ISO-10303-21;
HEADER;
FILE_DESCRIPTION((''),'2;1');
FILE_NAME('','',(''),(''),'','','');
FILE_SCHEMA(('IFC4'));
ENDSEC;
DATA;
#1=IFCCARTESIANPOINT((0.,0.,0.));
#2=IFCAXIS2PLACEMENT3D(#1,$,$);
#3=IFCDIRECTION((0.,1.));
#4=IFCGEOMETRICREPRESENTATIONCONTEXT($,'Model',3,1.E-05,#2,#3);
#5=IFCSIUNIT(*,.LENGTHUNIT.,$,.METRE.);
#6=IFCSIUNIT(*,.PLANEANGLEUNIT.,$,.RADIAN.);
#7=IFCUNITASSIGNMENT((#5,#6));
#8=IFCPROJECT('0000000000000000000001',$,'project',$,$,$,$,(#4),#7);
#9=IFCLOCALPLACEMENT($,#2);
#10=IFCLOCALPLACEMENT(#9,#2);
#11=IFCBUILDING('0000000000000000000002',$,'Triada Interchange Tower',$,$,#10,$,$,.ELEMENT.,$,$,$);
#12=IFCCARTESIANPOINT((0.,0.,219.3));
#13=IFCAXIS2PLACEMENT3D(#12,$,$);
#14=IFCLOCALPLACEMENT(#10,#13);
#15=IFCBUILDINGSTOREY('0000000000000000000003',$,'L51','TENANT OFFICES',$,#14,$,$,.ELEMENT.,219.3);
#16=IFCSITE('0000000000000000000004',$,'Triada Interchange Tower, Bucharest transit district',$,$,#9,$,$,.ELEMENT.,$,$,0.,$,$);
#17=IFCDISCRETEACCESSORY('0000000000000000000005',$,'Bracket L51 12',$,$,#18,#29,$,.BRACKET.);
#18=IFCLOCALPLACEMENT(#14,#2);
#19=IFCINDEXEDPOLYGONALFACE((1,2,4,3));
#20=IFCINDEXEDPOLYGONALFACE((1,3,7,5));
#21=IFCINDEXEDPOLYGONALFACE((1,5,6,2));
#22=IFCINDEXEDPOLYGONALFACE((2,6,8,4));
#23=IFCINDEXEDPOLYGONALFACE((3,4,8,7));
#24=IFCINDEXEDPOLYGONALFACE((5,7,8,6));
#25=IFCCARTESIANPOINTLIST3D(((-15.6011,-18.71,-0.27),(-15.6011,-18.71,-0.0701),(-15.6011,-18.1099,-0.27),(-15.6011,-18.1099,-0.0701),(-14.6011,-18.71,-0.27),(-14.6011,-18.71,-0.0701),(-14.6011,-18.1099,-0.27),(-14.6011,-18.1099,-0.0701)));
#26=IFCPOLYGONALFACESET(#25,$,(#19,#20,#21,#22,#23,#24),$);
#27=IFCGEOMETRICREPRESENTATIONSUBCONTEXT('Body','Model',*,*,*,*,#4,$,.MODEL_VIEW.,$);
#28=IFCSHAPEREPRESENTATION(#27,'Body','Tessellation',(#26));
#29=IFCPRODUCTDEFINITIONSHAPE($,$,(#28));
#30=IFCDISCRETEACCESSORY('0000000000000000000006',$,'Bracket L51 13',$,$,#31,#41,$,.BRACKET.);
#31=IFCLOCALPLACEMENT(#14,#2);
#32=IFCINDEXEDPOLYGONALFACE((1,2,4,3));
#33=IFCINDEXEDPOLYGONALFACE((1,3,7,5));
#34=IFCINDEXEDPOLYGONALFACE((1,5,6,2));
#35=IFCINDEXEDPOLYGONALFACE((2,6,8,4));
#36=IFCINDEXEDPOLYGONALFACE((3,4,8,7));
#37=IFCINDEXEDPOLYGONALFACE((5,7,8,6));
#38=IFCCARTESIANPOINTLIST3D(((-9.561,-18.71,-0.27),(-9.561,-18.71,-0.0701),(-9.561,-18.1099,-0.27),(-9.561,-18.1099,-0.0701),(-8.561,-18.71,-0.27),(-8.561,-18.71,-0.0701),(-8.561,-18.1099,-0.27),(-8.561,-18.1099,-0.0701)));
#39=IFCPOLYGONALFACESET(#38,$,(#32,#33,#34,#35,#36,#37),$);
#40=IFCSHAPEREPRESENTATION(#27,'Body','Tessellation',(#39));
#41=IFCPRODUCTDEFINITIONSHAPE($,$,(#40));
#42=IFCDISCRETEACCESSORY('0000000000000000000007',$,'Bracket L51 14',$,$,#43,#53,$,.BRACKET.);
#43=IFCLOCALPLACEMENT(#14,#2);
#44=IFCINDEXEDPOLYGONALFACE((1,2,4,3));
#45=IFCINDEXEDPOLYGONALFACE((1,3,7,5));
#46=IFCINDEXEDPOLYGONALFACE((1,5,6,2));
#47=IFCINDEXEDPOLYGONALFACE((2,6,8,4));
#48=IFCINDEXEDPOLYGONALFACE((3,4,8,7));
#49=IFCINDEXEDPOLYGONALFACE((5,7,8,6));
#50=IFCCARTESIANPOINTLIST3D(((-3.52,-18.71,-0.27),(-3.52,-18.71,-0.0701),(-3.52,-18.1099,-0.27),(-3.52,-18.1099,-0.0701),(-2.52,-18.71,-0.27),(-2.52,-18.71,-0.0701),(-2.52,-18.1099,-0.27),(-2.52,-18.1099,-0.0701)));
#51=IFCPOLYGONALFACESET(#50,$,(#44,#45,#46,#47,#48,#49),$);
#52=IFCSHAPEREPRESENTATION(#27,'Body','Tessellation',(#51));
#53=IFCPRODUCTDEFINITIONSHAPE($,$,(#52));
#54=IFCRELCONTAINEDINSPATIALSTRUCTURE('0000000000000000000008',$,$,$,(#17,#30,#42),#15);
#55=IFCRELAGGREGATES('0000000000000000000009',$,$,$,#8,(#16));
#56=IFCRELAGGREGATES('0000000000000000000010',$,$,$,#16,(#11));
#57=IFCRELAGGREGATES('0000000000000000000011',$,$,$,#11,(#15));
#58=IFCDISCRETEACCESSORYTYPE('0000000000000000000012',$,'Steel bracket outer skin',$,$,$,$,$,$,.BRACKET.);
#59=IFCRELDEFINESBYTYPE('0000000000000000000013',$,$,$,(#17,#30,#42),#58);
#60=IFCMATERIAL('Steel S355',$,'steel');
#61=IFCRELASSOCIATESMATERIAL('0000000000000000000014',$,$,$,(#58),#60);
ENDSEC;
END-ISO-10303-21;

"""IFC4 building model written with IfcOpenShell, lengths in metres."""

from ifc_helpers import new_model, si_unit, direction, frame, origin, origin_2d, place, context, subcontext, project, spatial, rectangle, extrude, material, type_object, element, save


model = new_model("IFC4")

# Units and contexts
model_context = context("Model", 3, precision=1e-05, world=origin(), true_north=direction((0.0, 1.0)))
body_context = subcontext(model_context, "Body", "Model", "MODEL_VIEW")
ifc_project = project(units=[si_unit("LENGTHUNIT", "METRE"), si_unit("PLANEANGLEUNIT", "RADIAN")], contexts=[model_context])

# Site, building, storey
site_placement = place(None, origin())
site = spatial("IfcSite", under=ifc_project, at=site_placement, Name="Triada Interchange Tower, Bucharest transit district", CompositionType="ELEMENT", RefElevation=0.0)
building_placement = place(site_placement, origin())
building = spatial("IfcBuilding", under=site, at=building_placement, Name="Triada Interchange Tower", CompositionType="ELEMENT")
storey_placement = place(building_placement, frame((0.0, 0.0, 219.3)))
storey = spatial("IfcBuildingStorey", under=building, at=storey_placement, Name="L51", Description="TENANT OFFICES", CompositionType="ELEMENT", Elevation=219.3)

# Discrete accessories
ifc_material_1 = material(Name="Steel S355", Category="steel")
discrete_accessory_type = type_object("IfcDiscreteAccessoryType", Name="Steel bracket outer skin", PredefinedType="BRACKET", material=ifc_material_1)
for number, where, z_axis, x_axis, name in (
    (1, (-15.1011, -18.4099, -0.27), (0.0, 0.0, 1.0), (0.0, -1.0, 0.0), "Bracket L51 12"),
    (2, (-9.061, -18.4099, -0.27), (0.0, 0.0, 1.0), (0.0, -1.0, 0.0), "Bracket L51 13"),
    (3, (-3.02, -18.4099, -0.27), (0.0, 0.0, 1.0), (0.0, -1.0, 0.0), "Bracket L51 14"),
):
    element("IfcDiscreteAccessory", number, at=place(storey_placement, frame(where, z_axis=z_axis, x_axis=x_axis)), inside=storey, type_object=discrete_accessory_type, Name=name, PredefinedType="BRACKET", context=body_context, shape_type="SweptSolid", body=[
        extrude(rectangle(XDim=0.6001, YDim=1.0, at=origin_2d()), origin(), (0.0, 0.0, 1.0), 0.2),
    ])

save(model, "model.ifc")
